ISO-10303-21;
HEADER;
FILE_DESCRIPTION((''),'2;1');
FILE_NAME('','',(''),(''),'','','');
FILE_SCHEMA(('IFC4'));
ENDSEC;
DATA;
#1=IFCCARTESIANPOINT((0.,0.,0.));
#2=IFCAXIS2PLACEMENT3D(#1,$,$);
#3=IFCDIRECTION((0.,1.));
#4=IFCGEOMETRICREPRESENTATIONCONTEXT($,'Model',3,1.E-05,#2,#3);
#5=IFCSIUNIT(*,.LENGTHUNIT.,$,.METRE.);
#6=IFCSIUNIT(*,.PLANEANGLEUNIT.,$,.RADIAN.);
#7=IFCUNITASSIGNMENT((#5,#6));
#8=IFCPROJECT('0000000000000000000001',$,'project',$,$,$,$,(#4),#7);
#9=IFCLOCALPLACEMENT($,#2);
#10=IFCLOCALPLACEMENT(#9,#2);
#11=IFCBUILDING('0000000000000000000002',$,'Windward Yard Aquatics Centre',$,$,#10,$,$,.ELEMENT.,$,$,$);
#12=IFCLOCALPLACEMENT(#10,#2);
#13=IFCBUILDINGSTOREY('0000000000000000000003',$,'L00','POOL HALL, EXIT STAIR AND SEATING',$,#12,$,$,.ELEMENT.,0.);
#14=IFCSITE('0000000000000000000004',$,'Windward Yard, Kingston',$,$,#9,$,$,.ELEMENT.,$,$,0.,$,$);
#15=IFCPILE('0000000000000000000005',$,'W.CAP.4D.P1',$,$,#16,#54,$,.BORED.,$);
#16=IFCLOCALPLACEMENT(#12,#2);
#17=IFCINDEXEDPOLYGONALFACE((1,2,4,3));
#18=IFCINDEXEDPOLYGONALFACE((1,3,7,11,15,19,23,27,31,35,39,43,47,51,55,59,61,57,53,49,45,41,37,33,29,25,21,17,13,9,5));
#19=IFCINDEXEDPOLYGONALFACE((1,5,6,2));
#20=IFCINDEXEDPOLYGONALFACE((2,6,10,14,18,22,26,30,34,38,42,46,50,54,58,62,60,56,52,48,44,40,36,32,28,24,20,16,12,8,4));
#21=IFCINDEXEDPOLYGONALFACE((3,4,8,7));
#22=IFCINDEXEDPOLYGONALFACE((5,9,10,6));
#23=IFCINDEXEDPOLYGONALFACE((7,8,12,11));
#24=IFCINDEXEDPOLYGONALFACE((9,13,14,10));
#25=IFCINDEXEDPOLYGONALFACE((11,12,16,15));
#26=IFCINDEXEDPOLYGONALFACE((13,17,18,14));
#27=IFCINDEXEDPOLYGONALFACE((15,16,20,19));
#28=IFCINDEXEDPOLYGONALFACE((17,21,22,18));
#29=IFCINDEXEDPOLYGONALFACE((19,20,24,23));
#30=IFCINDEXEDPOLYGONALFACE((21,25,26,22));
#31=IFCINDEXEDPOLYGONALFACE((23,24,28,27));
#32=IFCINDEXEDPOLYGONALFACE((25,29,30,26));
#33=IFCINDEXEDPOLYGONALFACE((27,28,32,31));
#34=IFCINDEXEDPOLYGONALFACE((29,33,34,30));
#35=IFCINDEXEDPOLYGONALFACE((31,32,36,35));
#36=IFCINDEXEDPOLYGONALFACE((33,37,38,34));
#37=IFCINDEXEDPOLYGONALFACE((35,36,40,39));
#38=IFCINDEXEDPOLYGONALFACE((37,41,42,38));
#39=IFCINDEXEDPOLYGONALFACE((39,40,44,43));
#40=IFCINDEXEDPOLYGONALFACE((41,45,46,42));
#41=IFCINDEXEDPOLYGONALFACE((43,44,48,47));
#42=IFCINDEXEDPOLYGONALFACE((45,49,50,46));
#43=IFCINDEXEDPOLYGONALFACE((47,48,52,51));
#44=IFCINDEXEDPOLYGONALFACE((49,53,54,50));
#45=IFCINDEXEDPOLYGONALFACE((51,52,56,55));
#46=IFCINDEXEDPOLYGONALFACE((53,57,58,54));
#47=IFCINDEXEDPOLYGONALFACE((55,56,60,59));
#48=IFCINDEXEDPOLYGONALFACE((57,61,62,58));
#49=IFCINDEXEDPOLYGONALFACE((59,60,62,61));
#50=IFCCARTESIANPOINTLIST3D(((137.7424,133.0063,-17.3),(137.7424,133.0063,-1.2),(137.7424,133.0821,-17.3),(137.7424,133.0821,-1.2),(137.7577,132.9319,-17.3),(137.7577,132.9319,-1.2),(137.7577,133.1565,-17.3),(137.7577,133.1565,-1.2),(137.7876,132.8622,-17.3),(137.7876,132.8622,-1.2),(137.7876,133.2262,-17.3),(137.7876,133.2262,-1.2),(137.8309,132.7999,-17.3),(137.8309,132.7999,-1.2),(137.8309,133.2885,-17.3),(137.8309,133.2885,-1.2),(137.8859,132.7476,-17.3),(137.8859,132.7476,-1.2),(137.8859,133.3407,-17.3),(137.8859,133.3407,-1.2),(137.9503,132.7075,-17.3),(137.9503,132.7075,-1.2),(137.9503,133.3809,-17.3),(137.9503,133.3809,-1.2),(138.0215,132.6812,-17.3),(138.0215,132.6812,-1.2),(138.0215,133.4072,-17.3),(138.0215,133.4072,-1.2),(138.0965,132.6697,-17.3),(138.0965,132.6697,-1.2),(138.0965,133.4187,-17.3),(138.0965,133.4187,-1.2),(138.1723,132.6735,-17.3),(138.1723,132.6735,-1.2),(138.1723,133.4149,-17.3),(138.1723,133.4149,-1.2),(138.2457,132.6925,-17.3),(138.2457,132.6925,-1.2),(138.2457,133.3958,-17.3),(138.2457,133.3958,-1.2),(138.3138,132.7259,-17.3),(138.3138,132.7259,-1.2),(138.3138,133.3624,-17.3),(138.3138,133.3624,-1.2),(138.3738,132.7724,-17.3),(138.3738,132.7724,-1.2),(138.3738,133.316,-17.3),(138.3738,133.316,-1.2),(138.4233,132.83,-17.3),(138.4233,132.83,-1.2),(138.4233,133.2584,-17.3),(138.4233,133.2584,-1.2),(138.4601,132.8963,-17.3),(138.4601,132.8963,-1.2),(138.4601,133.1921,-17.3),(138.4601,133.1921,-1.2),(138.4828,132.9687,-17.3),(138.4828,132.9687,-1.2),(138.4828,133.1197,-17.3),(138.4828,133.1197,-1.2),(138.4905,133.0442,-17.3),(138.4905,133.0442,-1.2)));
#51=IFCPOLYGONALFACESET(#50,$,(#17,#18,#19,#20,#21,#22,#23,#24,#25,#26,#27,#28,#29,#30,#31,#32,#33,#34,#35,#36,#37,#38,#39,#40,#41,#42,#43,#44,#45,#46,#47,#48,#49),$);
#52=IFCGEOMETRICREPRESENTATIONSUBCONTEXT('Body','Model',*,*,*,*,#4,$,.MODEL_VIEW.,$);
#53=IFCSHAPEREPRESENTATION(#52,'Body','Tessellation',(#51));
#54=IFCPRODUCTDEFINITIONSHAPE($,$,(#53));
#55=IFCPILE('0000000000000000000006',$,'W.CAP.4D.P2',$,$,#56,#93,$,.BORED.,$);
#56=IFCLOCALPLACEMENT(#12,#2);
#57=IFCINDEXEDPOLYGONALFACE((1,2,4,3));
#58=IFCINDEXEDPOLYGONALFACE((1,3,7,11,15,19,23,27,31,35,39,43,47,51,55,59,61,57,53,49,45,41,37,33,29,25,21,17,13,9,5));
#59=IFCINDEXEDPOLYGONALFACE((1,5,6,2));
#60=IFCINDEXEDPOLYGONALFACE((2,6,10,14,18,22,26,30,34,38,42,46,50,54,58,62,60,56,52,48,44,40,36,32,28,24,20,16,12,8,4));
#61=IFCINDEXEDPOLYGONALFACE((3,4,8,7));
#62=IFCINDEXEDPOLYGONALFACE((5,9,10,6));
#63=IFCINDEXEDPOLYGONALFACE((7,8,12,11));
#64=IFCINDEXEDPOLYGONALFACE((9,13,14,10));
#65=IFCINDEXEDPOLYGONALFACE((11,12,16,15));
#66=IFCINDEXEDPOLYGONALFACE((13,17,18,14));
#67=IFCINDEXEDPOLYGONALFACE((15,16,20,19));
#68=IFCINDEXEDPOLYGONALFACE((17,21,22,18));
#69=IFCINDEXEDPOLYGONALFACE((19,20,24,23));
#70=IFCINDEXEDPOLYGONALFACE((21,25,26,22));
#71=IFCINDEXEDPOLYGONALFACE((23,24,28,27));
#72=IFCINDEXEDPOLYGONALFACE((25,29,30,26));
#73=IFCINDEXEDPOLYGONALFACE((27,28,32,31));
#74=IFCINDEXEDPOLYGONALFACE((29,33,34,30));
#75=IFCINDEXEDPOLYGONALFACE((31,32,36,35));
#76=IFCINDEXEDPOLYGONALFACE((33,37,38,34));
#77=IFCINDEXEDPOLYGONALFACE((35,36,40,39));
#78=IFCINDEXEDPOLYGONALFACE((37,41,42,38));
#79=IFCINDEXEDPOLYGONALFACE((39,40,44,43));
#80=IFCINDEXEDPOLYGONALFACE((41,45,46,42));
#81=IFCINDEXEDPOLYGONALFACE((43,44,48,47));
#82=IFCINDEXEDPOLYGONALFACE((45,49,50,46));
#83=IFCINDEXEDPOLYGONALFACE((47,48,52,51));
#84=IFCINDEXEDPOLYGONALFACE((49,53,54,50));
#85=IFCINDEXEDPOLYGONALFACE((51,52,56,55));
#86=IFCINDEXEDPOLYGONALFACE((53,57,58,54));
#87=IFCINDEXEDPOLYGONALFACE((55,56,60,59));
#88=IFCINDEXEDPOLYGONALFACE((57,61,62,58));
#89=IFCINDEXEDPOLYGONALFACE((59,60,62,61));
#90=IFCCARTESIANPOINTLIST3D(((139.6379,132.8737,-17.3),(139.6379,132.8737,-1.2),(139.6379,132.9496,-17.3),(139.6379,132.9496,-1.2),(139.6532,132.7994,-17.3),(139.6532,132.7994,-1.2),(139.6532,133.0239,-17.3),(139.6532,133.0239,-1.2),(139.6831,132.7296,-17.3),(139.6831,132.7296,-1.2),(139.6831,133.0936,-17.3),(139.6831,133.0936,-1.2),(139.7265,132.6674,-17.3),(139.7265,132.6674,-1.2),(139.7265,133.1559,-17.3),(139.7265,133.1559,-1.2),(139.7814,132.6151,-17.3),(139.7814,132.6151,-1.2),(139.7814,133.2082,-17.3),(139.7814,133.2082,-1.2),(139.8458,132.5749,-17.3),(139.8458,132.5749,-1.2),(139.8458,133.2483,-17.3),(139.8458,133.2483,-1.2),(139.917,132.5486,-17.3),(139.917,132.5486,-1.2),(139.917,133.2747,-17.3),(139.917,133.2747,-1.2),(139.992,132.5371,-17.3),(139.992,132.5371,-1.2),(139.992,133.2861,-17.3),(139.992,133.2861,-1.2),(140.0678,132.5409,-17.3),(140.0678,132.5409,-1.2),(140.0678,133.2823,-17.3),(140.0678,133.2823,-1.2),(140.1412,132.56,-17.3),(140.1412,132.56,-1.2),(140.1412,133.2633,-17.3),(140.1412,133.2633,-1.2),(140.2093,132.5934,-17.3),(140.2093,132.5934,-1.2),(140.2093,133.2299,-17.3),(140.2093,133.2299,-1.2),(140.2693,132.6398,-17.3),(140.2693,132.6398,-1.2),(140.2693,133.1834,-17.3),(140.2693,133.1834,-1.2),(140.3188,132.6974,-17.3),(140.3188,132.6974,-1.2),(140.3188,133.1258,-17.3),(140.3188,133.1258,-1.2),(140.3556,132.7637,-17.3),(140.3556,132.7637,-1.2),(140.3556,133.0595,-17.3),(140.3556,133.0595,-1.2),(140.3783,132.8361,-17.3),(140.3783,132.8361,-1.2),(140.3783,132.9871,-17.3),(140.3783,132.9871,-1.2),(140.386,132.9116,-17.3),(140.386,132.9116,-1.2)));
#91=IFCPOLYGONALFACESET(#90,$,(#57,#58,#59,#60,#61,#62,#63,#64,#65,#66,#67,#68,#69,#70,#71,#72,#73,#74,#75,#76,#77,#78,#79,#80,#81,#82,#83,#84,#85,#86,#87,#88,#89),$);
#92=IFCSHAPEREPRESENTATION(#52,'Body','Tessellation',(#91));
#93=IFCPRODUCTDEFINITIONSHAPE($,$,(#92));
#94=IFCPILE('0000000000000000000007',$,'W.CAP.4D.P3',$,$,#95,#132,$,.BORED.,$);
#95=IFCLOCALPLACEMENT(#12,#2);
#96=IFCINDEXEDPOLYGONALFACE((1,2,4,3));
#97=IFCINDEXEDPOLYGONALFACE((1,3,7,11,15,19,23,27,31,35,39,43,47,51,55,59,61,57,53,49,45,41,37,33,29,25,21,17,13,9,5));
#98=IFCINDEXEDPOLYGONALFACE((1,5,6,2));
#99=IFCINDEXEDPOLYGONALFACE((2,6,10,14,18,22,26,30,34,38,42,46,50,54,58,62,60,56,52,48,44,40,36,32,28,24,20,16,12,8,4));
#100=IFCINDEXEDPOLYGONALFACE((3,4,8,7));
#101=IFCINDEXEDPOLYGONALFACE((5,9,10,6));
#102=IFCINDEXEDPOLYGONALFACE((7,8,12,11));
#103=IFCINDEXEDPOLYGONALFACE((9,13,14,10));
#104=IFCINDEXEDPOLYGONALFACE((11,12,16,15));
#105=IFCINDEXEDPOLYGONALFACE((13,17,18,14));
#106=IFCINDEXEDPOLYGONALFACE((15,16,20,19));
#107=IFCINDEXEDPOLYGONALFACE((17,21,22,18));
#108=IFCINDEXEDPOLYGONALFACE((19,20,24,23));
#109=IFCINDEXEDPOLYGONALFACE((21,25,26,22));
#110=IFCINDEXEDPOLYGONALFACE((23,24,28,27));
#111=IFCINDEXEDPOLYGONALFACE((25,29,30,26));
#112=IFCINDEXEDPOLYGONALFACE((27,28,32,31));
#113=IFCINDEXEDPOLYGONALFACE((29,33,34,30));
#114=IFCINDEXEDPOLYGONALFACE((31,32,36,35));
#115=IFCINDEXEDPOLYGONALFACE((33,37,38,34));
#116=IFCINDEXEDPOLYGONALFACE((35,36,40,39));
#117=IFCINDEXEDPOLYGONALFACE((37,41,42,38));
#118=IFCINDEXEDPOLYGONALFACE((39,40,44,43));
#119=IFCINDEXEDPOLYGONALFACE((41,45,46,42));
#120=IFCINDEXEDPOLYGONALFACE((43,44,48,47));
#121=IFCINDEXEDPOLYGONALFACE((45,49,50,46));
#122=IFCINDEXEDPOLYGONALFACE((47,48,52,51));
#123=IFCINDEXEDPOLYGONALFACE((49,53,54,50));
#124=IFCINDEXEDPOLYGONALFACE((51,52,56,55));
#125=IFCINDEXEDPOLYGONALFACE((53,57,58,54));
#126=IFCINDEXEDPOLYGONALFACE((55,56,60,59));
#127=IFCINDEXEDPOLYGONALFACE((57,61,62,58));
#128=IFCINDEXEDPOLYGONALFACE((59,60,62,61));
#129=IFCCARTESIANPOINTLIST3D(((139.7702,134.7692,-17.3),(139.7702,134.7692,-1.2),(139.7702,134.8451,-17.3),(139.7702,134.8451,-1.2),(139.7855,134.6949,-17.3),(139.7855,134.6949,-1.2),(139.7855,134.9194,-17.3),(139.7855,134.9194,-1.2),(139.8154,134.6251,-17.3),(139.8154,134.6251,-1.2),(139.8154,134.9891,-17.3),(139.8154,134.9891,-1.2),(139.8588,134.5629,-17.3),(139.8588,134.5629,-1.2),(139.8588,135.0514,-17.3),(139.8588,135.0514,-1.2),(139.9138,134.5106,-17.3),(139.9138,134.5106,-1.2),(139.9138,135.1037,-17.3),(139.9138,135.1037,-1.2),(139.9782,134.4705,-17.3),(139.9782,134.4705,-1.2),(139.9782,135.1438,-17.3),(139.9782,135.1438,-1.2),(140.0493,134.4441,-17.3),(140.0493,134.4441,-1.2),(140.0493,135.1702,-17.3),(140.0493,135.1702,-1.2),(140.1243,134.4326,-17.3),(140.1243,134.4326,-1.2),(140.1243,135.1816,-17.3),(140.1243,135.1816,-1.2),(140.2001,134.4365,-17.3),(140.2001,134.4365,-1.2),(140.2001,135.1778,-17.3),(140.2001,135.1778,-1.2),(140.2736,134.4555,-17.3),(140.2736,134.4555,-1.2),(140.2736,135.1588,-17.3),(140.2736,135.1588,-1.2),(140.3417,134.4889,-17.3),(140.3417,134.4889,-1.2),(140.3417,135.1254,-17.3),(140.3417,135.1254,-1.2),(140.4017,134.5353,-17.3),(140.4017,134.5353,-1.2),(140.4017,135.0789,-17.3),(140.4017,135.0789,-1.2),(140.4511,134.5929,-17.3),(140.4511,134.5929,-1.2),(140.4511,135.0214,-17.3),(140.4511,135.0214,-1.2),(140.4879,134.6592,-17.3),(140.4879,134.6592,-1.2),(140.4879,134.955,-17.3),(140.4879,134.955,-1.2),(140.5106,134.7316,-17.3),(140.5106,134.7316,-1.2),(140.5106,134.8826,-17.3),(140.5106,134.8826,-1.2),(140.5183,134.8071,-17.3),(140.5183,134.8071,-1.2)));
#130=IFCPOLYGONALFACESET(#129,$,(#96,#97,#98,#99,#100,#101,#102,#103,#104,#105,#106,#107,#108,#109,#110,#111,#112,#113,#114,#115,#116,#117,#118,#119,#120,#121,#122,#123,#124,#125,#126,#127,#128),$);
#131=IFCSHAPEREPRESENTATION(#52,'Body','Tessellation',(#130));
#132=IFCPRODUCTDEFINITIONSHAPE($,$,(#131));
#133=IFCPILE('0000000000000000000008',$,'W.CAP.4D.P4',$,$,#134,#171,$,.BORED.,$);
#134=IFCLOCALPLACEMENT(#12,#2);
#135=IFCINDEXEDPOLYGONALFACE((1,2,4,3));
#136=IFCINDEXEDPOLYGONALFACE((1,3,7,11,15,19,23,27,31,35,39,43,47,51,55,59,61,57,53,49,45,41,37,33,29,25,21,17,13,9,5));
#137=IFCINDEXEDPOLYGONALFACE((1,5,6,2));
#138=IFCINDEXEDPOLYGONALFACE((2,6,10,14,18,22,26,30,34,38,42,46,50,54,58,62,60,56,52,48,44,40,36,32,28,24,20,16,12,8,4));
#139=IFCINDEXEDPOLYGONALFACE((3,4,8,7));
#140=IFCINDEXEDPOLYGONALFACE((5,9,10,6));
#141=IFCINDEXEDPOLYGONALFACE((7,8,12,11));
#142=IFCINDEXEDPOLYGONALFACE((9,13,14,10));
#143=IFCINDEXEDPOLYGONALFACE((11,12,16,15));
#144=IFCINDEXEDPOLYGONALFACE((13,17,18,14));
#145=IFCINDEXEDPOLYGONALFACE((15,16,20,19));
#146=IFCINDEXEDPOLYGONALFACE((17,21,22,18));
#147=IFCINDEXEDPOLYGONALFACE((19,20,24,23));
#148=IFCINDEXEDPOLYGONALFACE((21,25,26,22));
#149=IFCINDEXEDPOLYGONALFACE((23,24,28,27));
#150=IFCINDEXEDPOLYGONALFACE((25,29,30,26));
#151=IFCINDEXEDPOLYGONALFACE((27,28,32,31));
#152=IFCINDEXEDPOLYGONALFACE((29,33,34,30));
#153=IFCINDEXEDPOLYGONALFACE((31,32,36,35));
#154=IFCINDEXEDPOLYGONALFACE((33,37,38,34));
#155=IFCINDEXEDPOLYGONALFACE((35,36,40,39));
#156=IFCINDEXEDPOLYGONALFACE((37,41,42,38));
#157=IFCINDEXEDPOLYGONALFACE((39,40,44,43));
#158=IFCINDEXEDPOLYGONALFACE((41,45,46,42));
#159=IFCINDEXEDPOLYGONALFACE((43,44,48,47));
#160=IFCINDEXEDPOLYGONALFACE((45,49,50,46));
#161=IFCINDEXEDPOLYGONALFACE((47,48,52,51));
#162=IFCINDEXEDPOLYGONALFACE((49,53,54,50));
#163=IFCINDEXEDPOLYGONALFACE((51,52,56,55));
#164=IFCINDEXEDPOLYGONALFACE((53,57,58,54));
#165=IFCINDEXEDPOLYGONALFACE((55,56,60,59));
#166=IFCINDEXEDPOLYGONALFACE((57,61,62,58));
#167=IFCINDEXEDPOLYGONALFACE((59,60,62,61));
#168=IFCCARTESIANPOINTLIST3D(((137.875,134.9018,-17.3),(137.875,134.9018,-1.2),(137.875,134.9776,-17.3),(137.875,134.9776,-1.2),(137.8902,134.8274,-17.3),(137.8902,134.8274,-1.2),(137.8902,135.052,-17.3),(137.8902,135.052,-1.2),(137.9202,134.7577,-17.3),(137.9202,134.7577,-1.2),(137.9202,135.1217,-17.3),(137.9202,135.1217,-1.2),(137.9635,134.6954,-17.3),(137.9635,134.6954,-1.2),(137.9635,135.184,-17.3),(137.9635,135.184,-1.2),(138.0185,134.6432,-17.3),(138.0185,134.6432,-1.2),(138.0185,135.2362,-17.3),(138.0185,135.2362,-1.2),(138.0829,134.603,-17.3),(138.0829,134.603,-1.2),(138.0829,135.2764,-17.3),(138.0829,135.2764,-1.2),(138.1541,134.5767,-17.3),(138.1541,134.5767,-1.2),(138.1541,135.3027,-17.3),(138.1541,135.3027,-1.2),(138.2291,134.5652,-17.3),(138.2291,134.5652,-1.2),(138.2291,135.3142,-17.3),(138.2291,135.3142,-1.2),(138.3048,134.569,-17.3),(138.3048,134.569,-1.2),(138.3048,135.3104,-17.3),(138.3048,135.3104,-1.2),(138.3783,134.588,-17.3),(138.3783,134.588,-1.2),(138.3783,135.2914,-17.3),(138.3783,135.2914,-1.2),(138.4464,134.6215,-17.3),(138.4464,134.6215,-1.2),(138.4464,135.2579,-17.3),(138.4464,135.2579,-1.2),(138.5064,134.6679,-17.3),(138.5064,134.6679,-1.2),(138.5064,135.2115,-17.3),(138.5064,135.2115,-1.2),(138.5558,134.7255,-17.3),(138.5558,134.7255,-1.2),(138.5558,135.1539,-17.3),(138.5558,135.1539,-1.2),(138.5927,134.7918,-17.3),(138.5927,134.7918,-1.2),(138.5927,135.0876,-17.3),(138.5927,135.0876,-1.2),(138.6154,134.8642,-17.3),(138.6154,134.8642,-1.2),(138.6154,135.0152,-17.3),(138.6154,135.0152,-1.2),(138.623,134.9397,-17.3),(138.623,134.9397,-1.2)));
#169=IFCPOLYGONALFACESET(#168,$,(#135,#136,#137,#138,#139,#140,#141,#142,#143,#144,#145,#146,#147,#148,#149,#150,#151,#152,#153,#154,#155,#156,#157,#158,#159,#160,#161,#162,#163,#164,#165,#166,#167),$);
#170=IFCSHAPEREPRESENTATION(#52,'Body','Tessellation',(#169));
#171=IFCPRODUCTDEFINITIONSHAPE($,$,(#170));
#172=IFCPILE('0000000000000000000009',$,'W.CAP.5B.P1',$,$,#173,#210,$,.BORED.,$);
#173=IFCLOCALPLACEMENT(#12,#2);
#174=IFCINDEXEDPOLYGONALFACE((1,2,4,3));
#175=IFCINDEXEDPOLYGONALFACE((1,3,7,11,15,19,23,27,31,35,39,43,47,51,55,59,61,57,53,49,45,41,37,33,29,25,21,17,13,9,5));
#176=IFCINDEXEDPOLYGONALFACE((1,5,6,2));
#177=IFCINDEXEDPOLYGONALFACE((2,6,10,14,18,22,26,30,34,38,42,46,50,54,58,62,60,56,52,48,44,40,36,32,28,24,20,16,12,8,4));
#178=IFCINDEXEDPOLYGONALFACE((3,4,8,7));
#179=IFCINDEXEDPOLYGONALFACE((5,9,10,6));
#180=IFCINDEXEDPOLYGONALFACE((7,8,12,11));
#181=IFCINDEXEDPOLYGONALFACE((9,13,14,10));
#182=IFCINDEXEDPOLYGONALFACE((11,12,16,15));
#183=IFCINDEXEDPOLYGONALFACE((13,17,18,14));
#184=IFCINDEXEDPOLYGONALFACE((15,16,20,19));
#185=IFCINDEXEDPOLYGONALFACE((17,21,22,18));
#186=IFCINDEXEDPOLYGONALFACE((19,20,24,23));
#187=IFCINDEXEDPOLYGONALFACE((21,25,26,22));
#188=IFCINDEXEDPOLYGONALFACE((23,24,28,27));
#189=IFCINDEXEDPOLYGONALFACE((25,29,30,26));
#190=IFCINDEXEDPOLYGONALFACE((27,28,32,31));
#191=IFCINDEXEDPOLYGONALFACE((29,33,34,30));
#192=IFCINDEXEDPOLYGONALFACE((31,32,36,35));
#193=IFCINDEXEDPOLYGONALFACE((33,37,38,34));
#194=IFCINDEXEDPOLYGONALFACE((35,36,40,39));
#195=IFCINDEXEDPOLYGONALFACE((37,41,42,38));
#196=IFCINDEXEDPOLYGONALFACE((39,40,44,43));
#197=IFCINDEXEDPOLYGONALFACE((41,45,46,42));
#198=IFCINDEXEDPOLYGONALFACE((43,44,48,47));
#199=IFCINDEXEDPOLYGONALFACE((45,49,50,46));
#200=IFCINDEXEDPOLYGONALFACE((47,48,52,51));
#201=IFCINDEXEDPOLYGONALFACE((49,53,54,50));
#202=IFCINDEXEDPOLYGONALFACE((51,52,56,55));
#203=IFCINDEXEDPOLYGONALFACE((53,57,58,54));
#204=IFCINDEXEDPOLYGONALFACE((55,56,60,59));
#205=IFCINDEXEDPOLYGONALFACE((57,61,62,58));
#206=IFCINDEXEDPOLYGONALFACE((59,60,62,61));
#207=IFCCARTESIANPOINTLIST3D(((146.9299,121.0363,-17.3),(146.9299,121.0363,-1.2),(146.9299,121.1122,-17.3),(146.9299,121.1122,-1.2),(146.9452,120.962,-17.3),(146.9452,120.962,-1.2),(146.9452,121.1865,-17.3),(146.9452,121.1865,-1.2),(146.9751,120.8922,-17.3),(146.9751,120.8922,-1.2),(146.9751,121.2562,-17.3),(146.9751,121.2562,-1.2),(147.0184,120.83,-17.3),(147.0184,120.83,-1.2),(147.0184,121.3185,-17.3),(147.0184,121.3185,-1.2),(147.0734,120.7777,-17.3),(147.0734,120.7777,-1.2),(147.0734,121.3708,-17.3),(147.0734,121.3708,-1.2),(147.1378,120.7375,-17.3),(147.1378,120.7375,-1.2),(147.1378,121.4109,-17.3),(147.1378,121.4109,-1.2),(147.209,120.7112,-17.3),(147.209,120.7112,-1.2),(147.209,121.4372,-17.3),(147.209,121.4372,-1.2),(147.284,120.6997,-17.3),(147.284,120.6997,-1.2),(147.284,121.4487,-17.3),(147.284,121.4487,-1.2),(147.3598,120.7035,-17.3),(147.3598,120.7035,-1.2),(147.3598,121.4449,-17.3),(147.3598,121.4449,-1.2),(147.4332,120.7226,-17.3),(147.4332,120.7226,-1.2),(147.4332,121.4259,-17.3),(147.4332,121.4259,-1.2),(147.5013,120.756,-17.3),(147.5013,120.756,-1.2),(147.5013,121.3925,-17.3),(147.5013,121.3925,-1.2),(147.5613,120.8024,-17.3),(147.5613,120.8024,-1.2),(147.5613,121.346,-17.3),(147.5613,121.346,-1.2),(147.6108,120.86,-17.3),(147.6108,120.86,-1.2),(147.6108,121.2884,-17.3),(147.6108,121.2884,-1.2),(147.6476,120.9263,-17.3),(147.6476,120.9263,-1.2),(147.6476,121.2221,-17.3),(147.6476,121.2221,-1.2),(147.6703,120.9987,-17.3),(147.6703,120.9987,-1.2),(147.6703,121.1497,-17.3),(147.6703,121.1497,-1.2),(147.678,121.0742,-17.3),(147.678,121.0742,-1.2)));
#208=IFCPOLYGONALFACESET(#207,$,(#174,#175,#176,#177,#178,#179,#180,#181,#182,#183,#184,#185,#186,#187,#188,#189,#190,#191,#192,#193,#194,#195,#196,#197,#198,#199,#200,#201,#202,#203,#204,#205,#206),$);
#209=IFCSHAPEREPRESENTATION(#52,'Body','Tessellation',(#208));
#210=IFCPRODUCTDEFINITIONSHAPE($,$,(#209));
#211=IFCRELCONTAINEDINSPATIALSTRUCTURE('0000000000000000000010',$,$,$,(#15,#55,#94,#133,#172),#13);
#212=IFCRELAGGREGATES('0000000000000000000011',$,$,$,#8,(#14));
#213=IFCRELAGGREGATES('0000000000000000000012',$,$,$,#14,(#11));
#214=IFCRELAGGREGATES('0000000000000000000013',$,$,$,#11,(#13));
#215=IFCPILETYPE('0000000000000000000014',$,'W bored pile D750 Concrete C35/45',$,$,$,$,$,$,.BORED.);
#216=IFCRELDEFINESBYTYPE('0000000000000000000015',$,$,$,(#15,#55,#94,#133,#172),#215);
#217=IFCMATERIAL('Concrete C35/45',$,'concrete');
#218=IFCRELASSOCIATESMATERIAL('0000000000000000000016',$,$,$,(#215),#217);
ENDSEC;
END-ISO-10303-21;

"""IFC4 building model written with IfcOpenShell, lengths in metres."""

from ifc_helpers import new_model, si_unit, direction, frame, origin, origin_2d, place, context, subcontext, project, spatial, circle, extrude, material, material_profile, profile_set, type_object, element, save


model = new_model("IFC4")

# Units and contexts
model_context = context("Model", 3, precision=1e-05, world=origin(), true_north=direction((0.0, 1.0)))
body_context = subcontext(model_context, "Body", "Model", "MODEL_VIEW")
ifc_project = project(units=[si_unit("LENGTHUNIT", "METRE"), si_unit("PLANEANGLEUNIT", "RADIAN")], contexts=[model_context])

# Site, building, storey
site_placement = place(None, origin())
site = spatial("IfcSite", under=ifc_project, at=site_placement, Name="Windward Yard, Kingston", CompositionType="ELEMENT", RefElevation=0.0)
building_placement = place(site_placement, origin())
building = spatial("IfcBuilding", under=site, at=building_placement, Name="Windward Yard Aquatics Centre", CompositionType="ELEMENT")
storey_placement = place(building_placement, origin())
storey = spatial("IfcBuildingStorey", under=building, at=storey_placement, Name="L00", Description="POOL HALL, EXIT STAIR AND SEATING", CompositionType="ELEMENT", Elevation=0.0)

# Piles
ifc_material_1 = material(Name="Concrete C35/45", Category="concrete")
ifc_material_profile_1 = material_profile(ifc_material_1, circle(Radius=0.375, at=origin_2d()), Name="D750")
ifc_profile_set_1 = profile_set([ifc_material_profile_1], Name="Concrete C35/45")
pile_type = type_object("IfcPileType", Name="W bored pile D750 Concrete C35/45", PredefinedType="BORED", material=ifc_profile_set_1)
for number, where, z_axis, x_axis, name in (
    (1, (138.1155, 133.0442, -1.2), (0.0, 0.0, -1.0), (1.0, 0.0, 0.0), "W.CAP.4D.P1"),
    (2, (140.011, 132.9116, -1.2), (0.0, 0.0, -1.0), (1.0, 0.0, 0.0), "W.CAP.4D.P2"),
    (3, (140.1433, 134.8071, -1.2), (0.0, 0.0, -1.0), (1.0, 0.0, 0.0), "W.CAP.4D.P3"),
    (4, (138.248, 134.9397, -1.2), (0.0, 0.0, -1.0), (1.0, 0.0, 0.0), "W.CAP.4D.P4"),
    (5, (147.303, 121.0742, -1.2), (0.0, 0.0, -1.0), (1.0, 0.0, 0.0), "W.CAP.5B.P1"),
):
    element("IfcPile", number, at=place(storey_placement, frame(where, z_axis=z_axis, x_axis=x_axis)), inside=storey, type_object=pile_type, Name=name, PredefinedType="BORED", context=body_context, shape_type="SweptSolid", body=[
        extrude(circle(Radius=0.375, at=origin_2d()), origin(), (0.0, 0.0, 1.0), 16.1001),
    ])

save(model, "model.ifc")
